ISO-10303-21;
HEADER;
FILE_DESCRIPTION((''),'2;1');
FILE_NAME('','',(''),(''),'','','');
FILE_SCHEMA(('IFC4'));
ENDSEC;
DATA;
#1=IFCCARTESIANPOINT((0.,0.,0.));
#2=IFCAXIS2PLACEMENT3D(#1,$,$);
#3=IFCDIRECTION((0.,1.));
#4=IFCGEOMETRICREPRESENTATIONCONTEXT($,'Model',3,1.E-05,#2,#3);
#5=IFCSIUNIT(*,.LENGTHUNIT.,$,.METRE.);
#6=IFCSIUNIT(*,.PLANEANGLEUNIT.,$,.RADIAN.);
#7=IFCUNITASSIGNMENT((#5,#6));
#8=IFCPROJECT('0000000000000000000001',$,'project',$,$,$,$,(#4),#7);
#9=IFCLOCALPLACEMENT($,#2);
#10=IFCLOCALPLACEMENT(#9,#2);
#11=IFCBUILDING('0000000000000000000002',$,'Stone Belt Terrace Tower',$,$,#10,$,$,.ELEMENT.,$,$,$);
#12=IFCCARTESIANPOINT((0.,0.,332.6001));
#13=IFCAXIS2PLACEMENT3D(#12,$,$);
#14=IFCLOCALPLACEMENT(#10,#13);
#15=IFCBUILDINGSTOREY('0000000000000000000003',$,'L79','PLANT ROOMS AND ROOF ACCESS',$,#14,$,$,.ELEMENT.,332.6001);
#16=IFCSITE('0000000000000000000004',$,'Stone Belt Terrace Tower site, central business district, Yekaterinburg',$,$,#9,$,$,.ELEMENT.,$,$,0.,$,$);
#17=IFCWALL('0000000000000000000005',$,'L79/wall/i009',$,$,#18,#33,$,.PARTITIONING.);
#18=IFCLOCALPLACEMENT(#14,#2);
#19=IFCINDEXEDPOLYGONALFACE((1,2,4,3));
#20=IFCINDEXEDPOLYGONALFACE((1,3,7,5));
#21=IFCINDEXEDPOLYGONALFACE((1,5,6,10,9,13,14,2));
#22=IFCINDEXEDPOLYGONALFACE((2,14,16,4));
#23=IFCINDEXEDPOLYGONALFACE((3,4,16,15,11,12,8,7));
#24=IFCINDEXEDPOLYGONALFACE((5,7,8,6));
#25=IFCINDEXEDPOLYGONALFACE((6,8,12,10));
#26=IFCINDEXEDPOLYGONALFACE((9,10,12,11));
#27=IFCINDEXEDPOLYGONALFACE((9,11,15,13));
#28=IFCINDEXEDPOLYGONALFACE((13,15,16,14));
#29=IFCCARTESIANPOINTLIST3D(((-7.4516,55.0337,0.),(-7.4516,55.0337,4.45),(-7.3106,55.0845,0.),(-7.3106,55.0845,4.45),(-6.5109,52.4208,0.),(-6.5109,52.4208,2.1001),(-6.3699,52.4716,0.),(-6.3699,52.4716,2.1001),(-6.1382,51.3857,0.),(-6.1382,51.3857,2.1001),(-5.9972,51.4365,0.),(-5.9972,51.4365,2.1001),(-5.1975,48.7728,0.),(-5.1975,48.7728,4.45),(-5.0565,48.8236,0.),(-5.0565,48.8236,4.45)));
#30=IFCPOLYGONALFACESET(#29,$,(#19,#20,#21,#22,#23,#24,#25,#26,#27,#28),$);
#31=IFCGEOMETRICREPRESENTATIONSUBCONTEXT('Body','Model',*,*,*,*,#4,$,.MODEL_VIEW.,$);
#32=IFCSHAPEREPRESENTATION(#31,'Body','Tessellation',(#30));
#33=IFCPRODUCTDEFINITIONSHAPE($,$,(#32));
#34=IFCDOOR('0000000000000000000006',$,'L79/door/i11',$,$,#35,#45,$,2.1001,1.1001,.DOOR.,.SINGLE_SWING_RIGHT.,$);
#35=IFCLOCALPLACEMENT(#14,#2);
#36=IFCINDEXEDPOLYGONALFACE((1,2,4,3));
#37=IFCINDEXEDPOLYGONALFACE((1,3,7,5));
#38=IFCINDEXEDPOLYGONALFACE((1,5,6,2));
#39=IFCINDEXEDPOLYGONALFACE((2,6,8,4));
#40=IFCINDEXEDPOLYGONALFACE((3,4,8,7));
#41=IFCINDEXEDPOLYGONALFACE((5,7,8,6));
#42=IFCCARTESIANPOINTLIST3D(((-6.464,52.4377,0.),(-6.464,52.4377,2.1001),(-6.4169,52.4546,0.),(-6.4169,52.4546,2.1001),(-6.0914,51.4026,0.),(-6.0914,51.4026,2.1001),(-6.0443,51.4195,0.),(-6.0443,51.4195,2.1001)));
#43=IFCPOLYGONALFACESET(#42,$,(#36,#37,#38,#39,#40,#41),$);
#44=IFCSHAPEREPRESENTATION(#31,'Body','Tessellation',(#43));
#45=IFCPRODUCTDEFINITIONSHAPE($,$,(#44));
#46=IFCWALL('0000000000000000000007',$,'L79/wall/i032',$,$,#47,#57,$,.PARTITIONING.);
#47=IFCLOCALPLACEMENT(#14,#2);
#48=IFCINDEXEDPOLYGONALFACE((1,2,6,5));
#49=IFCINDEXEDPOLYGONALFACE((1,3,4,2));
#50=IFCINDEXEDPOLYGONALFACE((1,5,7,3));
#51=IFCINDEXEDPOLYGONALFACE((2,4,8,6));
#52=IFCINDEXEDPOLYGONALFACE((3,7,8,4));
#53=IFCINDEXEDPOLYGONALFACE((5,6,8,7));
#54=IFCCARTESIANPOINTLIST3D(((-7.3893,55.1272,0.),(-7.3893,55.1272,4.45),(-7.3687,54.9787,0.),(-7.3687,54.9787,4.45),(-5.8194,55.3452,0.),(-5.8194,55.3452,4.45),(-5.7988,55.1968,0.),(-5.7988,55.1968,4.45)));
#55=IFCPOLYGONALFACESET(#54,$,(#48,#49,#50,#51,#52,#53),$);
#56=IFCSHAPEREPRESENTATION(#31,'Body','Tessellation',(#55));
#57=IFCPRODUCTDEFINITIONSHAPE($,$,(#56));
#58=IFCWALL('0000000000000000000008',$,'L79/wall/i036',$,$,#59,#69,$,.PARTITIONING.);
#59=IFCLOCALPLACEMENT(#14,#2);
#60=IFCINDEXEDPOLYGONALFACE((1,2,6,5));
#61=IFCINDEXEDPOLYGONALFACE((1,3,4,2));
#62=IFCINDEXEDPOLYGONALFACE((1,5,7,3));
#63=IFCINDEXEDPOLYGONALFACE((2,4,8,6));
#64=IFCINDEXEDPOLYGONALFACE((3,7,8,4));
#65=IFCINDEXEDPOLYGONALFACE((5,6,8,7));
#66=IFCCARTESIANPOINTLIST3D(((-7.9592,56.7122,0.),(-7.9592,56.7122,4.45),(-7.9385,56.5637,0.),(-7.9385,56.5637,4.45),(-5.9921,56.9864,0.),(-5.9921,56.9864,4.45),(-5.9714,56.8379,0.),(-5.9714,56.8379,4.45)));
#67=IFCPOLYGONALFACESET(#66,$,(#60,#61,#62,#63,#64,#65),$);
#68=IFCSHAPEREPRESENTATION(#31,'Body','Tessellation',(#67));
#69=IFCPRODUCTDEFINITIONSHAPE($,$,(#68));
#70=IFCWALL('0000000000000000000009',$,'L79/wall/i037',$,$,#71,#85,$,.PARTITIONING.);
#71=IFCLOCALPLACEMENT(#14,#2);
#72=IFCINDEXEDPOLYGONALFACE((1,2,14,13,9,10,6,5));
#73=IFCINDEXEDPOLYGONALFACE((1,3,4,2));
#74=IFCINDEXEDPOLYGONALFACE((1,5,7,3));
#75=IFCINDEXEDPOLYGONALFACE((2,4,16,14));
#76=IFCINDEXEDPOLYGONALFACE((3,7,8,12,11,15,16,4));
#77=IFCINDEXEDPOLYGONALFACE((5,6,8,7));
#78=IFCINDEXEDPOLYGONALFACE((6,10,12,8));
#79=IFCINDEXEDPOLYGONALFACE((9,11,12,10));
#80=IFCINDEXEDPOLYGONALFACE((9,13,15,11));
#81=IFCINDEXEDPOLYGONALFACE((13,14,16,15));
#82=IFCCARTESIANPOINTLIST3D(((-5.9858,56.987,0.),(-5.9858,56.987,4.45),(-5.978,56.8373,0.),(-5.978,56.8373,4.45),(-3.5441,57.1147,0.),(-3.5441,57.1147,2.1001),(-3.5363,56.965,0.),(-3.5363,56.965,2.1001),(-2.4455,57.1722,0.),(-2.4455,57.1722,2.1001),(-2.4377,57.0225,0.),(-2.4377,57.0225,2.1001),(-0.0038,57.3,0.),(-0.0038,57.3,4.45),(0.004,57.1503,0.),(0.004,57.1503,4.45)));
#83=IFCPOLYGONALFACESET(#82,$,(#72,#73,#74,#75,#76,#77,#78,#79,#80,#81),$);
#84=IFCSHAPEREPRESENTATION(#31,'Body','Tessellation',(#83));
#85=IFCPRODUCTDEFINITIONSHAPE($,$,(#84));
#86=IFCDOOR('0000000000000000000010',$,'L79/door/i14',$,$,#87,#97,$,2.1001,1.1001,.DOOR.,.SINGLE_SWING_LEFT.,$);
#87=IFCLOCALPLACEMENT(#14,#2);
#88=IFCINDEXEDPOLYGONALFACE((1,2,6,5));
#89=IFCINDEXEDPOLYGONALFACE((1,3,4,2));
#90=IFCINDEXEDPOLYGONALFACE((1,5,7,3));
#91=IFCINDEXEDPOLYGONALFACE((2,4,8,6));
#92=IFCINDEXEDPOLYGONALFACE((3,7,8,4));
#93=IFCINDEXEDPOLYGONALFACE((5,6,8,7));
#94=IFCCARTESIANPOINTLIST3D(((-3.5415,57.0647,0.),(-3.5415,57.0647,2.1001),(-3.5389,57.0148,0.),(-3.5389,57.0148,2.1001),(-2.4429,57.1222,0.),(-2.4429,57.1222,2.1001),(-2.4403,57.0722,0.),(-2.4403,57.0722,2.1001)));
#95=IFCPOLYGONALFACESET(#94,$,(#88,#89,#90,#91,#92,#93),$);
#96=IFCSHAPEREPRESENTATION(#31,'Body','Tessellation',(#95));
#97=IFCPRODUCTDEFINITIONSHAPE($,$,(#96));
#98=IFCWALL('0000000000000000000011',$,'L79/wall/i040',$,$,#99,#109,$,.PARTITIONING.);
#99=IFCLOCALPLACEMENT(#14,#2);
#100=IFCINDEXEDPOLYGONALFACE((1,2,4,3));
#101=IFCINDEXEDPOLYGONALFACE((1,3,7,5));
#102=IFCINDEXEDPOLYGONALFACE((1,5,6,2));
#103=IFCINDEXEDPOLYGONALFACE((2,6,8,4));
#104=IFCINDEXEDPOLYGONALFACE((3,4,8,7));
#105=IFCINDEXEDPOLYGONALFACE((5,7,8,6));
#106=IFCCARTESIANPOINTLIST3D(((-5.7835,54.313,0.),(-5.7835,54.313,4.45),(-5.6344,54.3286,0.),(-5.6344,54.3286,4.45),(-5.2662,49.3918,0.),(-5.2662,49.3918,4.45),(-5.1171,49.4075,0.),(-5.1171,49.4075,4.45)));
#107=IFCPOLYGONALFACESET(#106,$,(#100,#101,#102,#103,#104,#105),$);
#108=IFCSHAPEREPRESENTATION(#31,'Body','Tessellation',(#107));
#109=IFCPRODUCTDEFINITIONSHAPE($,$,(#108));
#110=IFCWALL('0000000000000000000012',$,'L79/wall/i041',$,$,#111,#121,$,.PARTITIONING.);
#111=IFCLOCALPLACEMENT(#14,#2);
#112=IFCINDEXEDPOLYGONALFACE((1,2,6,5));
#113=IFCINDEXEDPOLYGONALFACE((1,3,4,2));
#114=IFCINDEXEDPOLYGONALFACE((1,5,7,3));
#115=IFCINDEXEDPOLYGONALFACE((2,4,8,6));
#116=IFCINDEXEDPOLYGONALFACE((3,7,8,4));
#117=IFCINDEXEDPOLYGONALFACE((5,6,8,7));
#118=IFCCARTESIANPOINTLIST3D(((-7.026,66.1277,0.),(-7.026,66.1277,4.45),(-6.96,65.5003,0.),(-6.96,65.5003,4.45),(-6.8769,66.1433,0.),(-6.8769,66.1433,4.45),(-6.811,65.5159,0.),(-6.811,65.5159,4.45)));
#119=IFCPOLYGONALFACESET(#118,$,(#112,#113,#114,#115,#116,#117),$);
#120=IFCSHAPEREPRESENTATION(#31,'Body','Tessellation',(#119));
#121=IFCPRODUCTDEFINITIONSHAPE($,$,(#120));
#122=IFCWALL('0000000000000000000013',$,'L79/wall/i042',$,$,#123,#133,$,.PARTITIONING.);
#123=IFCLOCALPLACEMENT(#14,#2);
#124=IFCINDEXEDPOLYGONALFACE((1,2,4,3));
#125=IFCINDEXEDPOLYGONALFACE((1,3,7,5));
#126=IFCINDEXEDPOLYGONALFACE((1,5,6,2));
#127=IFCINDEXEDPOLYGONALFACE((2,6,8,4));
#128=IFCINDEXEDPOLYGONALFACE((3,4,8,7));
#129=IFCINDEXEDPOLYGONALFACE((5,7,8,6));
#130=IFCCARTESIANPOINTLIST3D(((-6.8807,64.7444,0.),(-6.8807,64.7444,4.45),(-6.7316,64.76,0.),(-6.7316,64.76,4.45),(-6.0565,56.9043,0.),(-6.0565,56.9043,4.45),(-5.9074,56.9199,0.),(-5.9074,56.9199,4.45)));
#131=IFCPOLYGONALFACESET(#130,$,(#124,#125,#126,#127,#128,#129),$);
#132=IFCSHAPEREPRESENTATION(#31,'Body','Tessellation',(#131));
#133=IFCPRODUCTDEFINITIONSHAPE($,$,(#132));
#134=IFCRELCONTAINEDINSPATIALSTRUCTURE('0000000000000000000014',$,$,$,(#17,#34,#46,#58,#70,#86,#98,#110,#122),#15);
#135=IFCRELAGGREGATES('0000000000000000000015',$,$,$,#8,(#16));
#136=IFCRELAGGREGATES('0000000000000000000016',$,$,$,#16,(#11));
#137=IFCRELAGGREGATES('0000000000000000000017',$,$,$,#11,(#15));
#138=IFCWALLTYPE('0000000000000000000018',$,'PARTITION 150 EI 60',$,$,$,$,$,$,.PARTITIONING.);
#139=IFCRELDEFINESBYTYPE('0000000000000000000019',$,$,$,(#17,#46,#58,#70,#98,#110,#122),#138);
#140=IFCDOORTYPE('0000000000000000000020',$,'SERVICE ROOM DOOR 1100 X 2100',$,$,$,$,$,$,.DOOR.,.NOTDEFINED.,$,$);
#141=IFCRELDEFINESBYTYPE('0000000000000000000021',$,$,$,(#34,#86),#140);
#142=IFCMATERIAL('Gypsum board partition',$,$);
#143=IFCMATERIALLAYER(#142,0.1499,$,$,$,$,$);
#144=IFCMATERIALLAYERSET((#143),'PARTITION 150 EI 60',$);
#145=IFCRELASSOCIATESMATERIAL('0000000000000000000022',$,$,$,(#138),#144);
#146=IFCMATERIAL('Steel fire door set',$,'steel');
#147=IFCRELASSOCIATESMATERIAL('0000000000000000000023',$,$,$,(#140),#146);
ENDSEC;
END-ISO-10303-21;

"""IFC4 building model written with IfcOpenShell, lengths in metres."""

from ifc_helpers import new_model, si_unit, direction, frame, frame_2d, origin, place, context, subcontext, project, spatial, rectangle, extrude, material, layer, layer_set, type_object, element, fill, save


model = new_model("IFC4")

# Units and contexts
model_context = context("Model", 3, precision=1e-05, world=origin(), true_north=direction((0.0, 1.0)))
body_context = subcontext(model_context, "Body", "Model", "MODEL_VIEW")
ifc_project = project(units=[si_unit("LENGTHUNIT", "METRE"), si_unit("PLANEANGLEUNIT", "RADIAN")], contexts=[model_context])

# Site, building, storey
site_placement = place(None, origin())
site = spatial("IfcSite", under=ifc_project, at=site_placement, Name="Stone Belt Terrace Tower site, central business district, Yekaterinburg", CompositionType="ELEMENT", RefElevation=0.0)
building_placement = place(site_placement, origin())
building = spatial("IfcBuilding", under=site, at=building_placement, Name="Stone Belt Terrace Tower", CompositionType="ELEMENT")
storey_placement = place(building_placement, frame((0.0, 0.0, 332.6001)))
storey = spatial("IfcBuildingStorey", under=building, at=storey_placement, Name="L79", Description="PLANT ROOMS AND ROOF ACCESS", CompositionType="ELEMENT", Elevation=332.6001)

# Wall, opening, door
ifc_material_1 = material(Name="Gypsum board partition")
ifc_layer_1 = layer(ifc_material_1, 0.1499)
ifc_layer_set_1 = layer_set([ifc_layer_1], Name="PARTITION 150 EI 60")
wall_type = type_object("IfcWallType", Name="PARTITION 150 EI 60", PredefinedType="PARTITIONING", material=ifc_layer_set_1)
wall_1_placement = place(storey_placement, frame((-7.3811, 55.0591, 0.0), z_axis=(0.0, 0.0, 1.0), x_axis=(0.338745, -0.940878, 0.0)))
wall_1 = element("IfcWall", 1, at=wall_1_placement, inside=storey, type_object=wall_type, Name="L79/wall/i009", PredefinedType="PARTITIONING", context=body_context, shape_type="SweptSolid", body=[
    extrude(rectangle(XDim=6.6543, YDim=0.1499, at=frame_2d((3.3271, 0.0))), origin(), (0.0, 0.0, 1.0), 4.45),
])
opening_1_placement = place(wall_1_placement, frame((2.7771, 0.0, 0.0)))
opening_1 = element("IfcOpeningElement", 2, at=opening_1_placement, cuts=wall_1, PredefinedType="OPENING", context=body_context, shape_type="SweptSolid", body=[
    extrude(rectangle(XDim=1.1001, YDim=2.1001, at=frame_2d((0.55, 1.05))), frame((0.0, 0.085, 0.0), z_axis=(0.0, -1.0, 0.0), x_axis=(1.0, 0.0, 0.0)), (0.0, 0.0, 1.0), 0.1699),
])
ifc_material_2 = material(Name="Steel fire door set", Category="steel")
door_type = type_object("IfcDoorType", Name="SERVICE ROOM DOOR 1100 X 2100", OperationType="NOTDEFINED", PredefinedType="DOOR", material=ifc_material_2)
door_1_placement = place(opening_1_placement, origin())
door_1 = element("IfcDoor", 3, at=door_1_placement, inside=storey, type_object=door_type, Name="L79/door/i11", OperationType="SINGLE_SWING_RIGHT", OverallHeight=2.1001, OverallWidth=1.1001, PredefinedType="DOOR", context=body_context, shape_type="SweptSolid", body=[
    extrude(rectangle(XDim=1.1001, YDim=2.1001, at=frame_2d((0.55, 1.05))), frame((0.0, 0.0249, 0.0), z_axis=(0.0, -1.0, 0.0), x_axis=(1.0, 0.0, 0.0)), (0.0, 0.0, 1.0), 0.05),
])
fill(opening_1, door_1)

# Walls
wall_2_placement = place(storey_placement, frame((-5.8091, 55.271, 0.0), z_axis=(0.0, 0.0, 1.0), x_axis=(-0.990493, -0.13756, 0.0)))
element("IfcWall", 4, at=wall_2_placement, inside=storey, type_object=wall_type, Name="L79/wall/i032", PredefinedType="PARTITIONING", context=body_context, shape_type="SweptSolid", body=[
    extrude(rectangle(XDim=1.585, YDim=0.1499, at=frame_2d((0.7925, 0.0))), origin(), (0.0, 0.0, 1.0), 4.45),
])
wall_3_placement = place(storey_placement, frame((-7.949, 56.6379, 0.0), z_axis=(0.0, 0.0, 1.0), x_axis=(0.990426, 0.138047, 0.0)))
element("IfcWall", 5, at=wall_3_placement, inside=storey, type_object=wall_type, Name="L79/wall/i036", PredefinedType="PARTITIONING", context=body_context, shape_type="SweptSolid", body=[
    extrude(rectangle(XDim=1.9861, YDim=0.1499, at=frame_2d((0.9932, 0.0))), origin(), (0.0, 0.0, 1.0), 4.45),
])

# Wall, opening, door
wall_4_placement = place(storey_placement, frame((-5.9819, 56.9121, 0.0), z_axis=(0.0, 0.0, 1.0), x_axis=(0.998634, 0.052251, 0.0)))
wall_4 = element("IfcWall", 6, at=wall_4_placement, inside=storey, type_object=wall_type, Name="L79/wall/i037", PredefinedType="PARTITIONING", context=body_context, shape_type="SweptSolid", body=[
    extrude(rectangle(XDim=5.9902, YDim=0.1499, at=frame_2d((2.9951, 0.0))), origin(), (0.0, 0.0, 1.0), 4.45),
])
opening_2_placement = place(wall_4_placement, frame((2.4451, 0.0, 0.0)))
opening_2 = element("IfcOpeningElement", 7, at=opening_2_placement, cuts=wall_4, PredefinedType="OPENING", context=body_context, shape_type="SweptSolid", body=[
    extrude(rectangle(XDim=1.1001, YDim=2.1001, at=frame_2d((0.55, 1.05))), frame((0.0, 0.085, 0.0), z_axis=(0.0, -1.0, 0.0), x_axis=(1.0, 0.0, 0.0)), (0.0, 0.0, 1.0), 0.1699),
])
door_2_placement = place(opening_2_placement, origin())
door_2 = element("IfcDoor", 8, at=door_2_placement, inside=storey, type_object=door_type, Name="L79/door/i14", OperationType="SINGLE_SWING_LEFT", OverallHeight=2.1001, OverallWidth=1.1001, PredefinedType="DOOR", context=body_context, shape_type="SweptSolid", body=[
    extrude(rectangle(XDim=1.1001, YDim=2.1001, at=frame_2d((0.55, 1.05))), frame((0.0, 0.0249, 0.0), z_axis=(0.0, -1.0, 0.0), x_axis=(1.0, 0.0, 0.0)), (0.0, 0.0, 1.0), 0.05),
])
fill(opening_2, door_2)

# Walls
wall_5_placement = place(storey_placement, frame((-5.709, 54.3208, 0.0), z_axis=(0.0, 0.0, 1.0), x_axis=(0.104549, -0.99452, 0.0)))
element("IfcWall", 9, at=wall_5_placement, inside=storey, type_object=wall_type, Name="L79/wall/i040", PredefinedType="PARTITIONING", context=body_context, shape_type="SweptSolid", body=[
    extrude(rectangle(XDim=4.9482, YDim=0.1499, at=frame_2d((2.4741, 0.0))), origin(), (0.0, 0.0, 1.0), 4.45),
])
wall_6_placement = place(storey_placement, frame((-6.9514, 66.1355, 0.0), z_axis=(0.0, 0.0, 1.0), x_axis=(0.104483, -0.994527, 0.0)))
element("IfcWall", 10, at=wall_6_placement, inside=storey, type_object=wall_type, Name="L79/wall/i041", PredefinedType="PARTITIONING", context=body_context, shape_type="SweptSolid", body=[
    extrude(rectangle(XDim=0.6309, YDim=0.1499, at=frame_2d((0.3154, 0.0))), origin(), (0.0, 0.0, 1.0), 4.45),
])
wall_7_placement = place(storey_placement, frame((-6.8062, 64.7522, 0.0), z_axis=(0.0, 0.0, 1.0), x_axis=(0.104553, -0.994519, 0.0)))
element("IfcWall", 11, at=wall_7_placement, inside=storey, type_object=wall_type, Name="L79/wall/i042", PredefinedType="PARTITIONING", context=body_context, shape_type="SweptSolid", body=[
    extrude(rectangle(XDim=7.8833, YDim=0.1499, at=frame_2d((3.9417, 0.0))), origin(), (0.0, 0.0, 1.0), 4.45),
])

save(model, "model.ifc")
